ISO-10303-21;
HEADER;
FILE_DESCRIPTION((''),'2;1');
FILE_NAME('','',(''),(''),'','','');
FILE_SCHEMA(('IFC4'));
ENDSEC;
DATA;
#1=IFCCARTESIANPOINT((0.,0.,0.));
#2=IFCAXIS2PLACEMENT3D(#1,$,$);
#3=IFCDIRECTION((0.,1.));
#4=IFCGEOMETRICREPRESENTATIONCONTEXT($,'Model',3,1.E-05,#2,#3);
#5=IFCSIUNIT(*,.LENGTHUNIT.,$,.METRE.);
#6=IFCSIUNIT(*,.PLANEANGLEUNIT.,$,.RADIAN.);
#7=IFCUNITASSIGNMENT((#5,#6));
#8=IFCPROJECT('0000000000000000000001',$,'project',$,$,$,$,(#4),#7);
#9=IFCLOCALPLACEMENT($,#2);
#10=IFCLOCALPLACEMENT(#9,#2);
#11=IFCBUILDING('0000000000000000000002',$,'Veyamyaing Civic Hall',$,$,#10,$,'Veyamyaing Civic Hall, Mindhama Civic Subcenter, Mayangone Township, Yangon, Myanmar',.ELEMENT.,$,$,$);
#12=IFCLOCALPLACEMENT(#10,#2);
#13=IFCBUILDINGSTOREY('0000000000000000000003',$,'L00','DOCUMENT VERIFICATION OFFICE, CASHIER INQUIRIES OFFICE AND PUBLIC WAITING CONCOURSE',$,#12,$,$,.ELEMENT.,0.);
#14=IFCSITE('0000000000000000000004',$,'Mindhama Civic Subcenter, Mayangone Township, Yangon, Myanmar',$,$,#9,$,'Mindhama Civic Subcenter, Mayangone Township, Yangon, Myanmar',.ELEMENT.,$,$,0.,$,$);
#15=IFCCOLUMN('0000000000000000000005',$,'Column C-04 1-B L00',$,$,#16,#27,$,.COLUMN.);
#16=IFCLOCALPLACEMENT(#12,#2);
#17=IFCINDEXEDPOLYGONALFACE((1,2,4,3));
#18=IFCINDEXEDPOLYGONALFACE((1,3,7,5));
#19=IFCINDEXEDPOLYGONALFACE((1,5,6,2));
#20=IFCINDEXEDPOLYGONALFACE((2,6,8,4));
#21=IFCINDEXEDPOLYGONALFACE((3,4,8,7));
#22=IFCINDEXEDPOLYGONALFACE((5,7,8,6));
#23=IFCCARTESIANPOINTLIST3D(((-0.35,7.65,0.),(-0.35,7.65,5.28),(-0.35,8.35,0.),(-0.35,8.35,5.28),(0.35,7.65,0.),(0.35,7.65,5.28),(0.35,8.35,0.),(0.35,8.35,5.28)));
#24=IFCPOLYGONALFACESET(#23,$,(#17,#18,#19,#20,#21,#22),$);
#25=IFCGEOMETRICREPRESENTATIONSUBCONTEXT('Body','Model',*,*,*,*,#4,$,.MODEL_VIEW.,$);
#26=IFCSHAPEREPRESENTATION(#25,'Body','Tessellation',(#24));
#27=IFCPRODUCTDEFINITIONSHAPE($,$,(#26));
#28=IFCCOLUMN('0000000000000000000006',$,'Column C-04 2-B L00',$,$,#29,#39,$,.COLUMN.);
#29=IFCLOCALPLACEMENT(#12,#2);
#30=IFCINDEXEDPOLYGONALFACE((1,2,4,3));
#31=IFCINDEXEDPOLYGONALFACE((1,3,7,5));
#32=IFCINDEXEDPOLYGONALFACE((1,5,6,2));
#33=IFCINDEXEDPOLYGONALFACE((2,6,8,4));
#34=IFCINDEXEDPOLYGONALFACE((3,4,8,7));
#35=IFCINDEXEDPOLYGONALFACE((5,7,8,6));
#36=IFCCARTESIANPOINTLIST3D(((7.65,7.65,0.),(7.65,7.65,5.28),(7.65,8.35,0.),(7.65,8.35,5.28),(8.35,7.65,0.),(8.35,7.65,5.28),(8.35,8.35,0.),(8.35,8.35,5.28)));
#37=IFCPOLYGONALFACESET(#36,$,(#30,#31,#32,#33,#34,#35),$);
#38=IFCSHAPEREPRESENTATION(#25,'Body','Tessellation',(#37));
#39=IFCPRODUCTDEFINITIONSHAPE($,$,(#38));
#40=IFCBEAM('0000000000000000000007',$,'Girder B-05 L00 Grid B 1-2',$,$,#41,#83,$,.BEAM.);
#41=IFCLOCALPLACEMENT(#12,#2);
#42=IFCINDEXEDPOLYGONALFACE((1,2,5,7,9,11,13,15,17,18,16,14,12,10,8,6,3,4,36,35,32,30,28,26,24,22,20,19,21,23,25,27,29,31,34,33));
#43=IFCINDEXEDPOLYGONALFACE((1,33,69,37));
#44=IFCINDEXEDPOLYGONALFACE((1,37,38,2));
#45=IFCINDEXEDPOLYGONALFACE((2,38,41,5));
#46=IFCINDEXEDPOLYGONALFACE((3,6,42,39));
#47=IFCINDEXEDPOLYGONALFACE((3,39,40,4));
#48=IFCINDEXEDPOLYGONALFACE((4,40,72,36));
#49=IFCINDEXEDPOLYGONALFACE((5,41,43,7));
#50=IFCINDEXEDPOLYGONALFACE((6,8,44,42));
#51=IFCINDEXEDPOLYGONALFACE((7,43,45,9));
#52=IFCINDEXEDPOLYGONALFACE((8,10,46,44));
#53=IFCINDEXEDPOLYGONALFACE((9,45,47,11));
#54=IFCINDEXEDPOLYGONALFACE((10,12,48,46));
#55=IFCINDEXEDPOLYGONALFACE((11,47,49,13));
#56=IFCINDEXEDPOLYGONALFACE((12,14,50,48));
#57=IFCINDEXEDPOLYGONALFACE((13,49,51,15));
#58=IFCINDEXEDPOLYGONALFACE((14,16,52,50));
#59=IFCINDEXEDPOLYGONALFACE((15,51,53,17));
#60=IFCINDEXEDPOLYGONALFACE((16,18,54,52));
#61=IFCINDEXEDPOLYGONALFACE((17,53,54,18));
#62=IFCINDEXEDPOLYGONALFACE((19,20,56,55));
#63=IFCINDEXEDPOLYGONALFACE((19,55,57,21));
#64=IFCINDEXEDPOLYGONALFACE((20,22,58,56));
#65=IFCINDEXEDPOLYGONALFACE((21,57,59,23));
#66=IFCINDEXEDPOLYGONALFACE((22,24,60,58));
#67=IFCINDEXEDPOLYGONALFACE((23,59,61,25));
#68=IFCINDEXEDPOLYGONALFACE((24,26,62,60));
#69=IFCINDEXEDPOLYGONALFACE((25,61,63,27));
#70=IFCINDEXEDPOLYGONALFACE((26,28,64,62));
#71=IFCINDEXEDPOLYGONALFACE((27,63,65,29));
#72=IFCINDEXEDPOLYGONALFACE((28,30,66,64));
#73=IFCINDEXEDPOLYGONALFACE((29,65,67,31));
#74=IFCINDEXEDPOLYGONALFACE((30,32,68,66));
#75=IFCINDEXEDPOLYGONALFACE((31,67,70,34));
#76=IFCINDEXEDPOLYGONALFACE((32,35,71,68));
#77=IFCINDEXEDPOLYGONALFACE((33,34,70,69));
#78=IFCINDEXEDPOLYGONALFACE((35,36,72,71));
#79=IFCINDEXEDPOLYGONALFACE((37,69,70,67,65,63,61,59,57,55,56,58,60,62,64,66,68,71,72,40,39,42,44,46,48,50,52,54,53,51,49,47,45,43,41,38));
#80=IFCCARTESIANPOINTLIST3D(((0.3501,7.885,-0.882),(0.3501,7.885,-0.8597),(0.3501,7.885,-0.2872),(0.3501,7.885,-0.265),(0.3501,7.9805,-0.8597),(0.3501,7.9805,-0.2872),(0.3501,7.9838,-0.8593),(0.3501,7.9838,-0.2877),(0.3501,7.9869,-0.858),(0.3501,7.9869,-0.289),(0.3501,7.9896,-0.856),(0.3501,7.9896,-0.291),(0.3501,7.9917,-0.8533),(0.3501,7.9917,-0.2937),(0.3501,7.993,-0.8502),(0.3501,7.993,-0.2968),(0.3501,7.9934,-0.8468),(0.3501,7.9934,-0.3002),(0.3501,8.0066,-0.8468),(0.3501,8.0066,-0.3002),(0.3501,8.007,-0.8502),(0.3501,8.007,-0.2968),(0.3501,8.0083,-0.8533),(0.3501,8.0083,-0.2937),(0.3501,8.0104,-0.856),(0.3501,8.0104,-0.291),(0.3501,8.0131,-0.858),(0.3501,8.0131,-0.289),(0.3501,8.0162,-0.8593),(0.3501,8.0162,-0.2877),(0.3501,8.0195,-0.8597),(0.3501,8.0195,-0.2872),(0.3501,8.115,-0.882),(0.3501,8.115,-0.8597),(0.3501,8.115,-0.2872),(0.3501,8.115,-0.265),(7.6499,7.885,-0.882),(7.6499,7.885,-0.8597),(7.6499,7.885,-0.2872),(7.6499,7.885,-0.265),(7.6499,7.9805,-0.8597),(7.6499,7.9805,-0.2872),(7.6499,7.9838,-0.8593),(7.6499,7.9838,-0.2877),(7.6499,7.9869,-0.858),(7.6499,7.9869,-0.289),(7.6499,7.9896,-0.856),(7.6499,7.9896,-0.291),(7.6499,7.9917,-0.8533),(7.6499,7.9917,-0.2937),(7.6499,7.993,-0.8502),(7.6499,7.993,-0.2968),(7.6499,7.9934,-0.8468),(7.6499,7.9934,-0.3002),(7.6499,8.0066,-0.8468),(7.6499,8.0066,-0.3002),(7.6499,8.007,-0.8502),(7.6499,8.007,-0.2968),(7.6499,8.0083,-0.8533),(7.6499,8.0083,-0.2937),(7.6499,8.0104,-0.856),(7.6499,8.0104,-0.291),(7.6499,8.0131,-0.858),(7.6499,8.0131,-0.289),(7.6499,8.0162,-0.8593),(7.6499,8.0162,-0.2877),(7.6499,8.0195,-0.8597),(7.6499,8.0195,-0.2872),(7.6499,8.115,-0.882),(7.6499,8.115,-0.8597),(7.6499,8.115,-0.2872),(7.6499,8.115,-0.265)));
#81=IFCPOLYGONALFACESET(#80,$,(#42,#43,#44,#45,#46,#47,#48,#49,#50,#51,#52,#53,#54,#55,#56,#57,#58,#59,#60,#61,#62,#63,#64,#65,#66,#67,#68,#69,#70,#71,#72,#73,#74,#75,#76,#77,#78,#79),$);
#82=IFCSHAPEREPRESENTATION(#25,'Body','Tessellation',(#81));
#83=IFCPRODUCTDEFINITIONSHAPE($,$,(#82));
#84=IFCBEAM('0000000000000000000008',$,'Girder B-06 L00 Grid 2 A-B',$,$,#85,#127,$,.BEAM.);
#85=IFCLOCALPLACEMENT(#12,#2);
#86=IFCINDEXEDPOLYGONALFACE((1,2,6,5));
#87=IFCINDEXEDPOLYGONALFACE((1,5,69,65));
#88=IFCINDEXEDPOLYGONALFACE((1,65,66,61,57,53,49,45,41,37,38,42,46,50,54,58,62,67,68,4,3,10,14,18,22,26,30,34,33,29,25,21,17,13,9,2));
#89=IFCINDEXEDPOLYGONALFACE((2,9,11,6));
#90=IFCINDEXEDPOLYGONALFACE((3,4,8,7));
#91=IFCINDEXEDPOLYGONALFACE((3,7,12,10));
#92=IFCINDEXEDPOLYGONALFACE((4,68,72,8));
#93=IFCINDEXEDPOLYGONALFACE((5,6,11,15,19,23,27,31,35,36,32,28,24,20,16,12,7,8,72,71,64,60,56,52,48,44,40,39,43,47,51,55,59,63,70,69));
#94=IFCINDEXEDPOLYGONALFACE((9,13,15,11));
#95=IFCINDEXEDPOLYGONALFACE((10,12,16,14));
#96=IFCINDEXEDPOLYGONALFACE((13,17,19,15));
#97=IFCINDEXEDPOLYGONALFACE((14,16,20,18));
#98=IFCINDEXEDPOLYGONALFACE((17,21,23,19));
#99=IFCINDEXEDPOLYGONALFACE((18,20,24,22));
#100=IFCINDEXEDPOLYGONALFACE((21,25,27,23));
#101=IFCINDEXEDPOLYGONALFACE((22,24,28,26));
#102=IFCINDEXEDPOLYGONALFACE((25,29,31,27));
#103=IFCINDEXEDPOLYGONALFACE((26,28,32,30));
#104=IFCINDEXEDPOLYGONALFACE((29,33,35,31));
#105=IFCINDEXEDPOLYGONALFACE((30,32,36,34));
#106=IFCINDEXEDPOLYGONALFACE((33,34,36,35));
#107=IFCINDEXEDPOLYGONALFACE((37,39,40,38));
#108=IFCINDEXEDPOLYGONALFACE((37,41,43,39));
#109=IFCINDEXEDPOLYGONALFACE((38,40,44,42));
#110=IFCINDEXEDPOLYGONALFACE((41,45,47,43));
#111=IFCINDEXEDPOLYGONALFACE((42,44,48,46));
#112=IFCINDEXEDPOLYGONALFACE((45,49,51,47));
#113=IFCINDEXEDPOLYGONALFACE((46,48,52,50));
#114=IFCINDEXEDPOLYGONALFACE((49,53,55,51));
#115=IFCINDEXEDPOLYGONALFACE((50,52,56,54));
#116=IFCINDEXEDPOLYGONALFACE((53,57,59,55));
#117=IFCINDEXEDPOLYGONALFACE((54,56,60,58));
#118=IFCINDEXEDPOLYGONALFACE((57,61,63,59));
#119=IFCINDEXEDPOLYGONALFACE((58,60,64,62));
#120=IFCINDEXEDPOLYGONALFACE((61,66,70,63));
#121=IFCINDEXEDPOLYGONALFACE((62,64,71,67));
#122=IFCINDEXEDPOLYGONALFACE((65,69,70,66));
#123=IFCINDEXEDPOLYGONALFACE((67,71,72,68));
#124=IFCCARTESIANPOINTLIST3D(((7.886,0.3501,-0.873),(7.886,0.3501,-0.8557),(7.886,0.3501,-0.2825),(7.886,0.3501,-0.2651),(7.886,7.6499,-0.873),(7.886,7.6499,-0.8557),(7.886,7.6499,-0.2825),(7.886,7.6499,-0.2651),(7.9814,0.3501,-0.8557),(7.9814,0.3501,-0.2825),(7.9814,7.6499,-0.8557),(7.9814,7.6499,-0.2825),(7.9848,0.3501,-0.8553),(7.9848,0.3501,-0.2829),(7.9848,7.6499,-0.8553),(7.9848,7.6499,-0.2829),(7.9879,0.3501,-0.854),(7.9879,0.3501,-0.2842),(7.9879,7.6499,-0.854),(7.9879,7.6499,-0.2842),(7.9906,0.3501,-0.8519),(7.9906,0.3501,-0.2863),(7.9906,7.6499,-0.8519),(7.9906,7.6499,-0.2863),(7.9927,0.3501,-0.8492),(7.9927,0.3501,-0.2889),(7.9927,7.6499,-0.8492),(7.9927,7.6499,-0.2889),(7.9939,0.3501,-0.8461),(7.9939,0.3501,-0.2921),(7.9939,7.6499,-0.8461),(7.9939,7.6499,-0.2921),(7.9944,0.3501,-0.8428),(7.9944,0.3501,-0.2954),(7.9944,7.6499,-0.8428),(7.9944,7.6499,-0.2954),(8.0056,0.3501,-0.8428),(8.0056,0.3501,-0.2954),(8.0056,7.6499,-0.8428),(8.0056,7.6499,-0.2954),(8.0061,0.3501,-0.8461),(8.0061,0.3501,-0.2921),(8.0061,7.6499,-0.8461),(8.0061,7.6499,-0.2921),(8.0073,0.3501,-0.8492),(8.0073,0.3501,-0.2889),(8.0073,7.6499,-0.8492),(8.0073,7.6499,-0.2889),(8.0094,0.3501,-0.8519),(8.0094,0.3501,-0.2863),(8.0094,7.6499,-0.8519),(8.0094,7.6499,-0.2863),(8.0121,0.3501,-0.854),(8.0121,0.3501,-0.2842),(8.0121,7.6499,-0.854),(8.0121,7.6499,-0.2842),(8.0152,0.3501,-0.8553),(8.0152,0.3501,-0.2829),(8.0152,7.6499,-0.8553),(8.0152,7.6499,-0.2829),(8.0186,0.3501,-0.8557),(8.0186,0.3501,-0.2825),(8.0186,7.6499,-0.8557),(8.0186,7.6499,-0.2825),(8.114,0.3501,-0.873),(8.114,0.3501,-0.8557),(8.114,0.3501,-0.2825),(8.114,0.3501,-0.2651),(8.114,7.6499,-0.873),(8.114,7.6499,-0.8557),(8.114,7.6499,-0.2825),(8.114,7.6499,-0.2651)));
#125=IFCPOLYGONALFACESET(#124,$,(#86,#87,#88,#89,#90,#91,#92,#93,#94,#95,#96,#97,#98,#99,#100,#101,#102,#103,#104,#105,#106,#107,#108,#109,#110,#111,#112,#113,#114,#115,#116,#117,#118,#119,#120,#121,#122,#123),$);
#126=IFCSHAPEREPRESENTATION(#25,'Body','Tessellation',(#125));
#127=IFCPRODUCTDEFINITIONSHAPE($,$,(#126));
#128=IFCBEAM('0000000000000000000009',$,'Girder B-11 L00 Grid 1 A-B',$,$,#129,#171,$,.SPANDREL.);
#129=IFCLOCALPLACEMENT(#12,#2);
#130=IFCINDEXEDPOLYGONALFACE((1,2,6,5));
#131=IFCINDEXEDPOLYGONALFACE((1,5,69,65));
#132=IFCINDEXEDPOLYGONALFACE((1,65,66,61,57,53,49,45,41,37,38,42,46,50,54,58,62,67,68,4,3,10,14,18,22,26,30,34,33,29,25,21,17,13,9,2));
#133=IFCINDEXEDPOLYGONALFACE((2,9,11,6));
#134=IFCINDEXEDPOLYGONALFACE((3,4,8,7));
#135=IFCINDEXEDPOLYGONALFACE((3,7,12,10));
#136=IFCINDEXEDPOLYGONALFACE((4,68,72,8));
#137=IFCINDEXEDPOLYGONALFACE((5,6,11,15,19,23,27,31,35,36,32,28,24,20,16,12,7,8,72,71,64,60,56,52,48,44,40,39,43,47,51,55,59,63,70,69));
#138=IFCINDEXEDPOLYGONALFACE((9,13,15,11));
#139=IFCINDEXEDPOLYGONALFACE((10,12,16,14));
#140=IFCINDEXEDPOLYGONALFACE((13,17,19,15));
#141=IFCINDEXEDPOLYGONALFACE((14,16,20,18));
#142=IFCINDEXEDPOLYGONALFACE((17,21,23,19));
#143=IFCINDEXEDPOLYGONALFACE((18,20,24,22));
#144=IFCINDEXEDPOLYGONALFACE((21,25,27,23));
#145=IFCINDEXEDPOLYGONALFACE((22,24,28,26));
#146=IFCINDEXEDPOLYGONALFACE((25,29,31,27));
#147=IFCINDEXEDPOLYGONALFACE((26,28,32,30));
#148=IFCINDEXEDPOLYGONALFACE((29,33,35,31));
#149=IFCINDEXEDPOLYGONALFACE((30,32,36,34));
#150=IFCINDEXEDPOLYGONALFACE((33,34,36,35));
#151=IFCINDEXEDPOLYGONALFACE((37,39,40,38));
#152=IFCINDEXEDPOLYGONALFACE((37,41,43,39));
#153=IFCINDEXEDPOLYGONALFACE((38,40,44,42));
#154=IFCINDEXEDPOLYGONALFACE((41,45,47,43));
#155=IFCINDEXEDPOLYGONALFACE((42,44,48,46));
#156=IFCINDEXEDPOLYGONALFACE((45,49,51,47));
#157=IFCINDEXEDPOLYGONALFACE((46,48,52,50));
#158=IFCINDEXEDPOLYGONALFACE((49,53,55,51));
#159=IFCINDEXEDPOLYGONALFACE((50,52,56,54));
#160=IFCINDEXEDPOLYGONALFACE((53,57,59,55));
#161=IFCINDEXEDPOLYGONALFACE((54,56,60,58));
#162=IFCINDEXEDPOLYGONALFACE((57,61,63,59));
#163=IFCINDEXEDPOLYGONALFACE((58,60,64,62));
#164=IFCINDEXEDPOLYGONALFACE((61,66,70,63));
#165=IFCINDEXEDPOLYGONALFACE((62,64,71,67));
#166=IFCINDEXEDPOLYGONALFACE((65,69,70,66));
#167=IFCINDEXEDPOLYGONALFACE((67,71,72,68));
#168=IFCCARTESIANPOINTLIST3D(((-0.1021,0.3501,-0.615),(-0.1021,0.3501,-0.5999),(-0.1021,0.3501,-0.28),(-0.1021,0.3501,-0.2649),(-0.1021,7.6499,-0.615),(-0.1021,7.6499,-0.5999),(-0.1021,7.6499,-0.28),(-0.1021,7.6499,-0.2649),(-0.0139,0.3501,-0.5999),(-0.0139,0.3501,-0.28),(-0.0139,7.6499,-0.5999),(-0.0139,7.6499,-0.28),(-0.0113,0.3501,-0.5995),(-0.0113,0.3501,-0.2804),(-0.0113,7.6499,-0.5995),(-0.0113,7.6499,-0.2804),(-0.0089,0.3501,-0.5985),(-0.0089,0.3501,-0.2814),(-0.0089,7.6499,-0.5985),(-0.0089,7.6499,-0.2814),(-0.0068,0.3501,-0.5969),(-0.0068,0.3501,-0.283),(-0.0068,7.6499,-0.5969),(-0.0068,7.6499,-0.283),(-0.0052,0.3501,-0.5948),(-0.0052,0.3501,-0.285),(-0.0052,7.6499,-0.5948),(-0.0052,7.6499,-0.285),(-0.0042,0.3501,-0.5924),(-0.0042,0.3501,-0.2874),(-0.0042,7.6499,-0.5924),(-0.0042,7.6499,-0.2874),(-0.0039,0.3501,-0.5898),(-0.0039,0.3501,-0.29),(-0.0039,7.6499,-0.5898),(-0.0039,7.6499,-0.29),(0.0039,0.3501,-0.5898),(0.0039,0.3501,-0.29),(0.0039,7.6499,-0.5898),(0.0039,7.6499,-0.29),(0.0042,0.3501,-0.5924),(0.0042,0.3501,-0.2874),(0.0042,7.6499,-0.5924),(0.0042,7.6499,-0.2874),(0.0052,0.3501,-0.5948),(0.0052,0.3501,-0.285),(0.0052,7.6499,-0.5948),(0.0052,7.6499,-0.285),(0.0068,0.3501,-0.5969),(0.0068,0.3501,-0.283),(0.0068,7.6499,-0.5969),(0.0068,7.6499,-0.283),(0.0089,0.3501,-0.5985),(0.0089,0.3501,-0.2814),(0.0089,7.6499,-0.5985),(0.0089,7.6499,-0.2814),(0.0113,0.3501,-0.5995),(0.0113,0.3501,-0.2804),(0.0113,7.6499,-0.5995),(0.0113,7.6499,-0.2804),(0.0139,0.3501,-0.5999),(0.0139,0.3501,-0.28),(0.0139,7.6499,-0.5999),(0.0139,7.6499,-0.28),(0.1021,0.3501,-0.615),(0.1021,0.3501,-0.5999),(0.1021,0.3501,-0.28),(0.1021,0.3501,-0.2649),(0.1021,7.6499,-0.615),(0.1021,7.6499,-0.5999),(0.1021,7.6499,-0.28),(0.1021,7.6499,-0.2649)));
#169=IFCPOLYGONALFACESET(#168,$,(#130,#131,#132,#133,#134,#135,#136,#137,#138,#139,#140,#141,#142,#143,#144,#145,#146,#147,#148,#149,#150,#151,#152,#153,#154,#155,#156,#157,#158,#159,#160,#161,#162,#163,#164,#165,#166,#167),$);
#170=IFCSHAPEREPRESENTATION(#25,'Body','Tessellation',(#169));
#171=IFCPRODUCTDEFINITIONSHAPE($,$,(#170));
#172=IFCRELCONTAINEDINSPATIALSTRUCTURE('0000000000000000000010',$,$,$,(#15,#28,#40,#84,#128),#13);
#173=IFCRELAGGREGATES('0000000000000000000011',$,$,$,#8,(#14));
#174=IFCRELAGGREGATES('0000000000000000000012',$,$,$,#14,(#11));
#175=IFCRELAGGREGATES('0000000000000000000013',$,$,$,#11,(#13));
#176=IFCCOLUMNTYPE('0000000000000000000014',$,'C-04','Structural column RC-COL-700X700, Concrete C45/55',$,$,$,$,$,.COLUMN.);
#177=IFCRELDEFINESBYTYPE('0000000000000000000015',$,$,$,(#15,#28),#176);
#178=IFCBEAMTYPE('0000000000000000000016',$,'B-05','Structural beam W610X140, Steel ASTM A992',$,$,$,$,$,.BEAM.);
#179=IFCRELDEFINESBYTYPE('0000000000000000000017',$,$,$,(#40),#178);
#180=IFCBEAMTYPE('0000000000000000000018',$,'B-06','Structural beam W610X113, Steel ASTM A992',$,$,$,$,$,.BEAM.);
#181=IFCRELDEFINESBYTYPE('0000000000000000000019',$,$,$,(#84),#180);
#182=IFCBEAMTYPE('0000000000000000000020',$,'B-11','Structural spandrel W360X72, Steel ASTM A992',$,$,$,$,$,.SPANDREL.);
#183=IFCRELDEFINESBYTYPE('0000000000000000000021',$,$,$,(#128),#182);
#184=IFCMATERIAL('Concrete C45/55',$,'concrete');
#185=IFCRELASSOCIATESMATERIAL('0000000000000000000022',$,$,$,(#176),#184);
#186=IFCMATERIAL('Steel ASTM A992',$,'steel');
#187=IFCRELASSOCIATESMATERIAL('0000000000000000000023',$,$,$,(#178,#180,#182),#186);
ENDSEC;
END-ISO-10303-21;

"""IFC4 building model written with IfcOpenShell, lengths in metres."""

from ifc_helpers import new_model, si_unit, direction, frame, origin, origin_2d, place, context, subcontext, project, spatial, rectangle, i_section, extrude, material, material_profile, profile_set, type_object, element, save


model = new_model("IFC4")

# Units and contexts
model_context = context("Model", 3, precision=1e-05, world=origin(), true_north=direction((0.0, 1.0)))
body_context = subcontext(model_context, "Body", "Model", "MODEL_VIEW")
ifc_project = project(units=[si_unit("LENGTHUNIT", "METRE"), si_unit("PLANEANGLEUNIT", "RADIAN")], contexts=[model_context])

# Site, building, storey
site_placement = place(None, origin())
site = spatial("IfcSite", under=ifc_project, at=site_placement, Name="Mindhama Civic Subcenter, Mayangone Township, Yangon, Myanmar", LongName="Mindhama Civic Subcenter, Mayangone Township, Yangon, Myanmar", CompositionType="ELEMENT", RefElevation=0.0)
building_placement = place(site_placement, origin())
building = spatial("IfcBuilding", under=site, at=building_placement, Name="Veyamyaing Civic Hall", LongName="Veyamyaing Civic Hall, Mindhama Civic Subcenter, Mayangone Township, Yangon, Myanmar", CompositionType="ELEMENT")
storey_placement = place(building_placement, origin())
storey = spatial("IfcBuildingStorey", under=building, at=storey_placement, Name="L00", Description="DOCUMENT VERIFICATION OFFICE, CASHIER INQUIRIES OFFICE AND PUBLIC WAITING CONCOURSE", CompositionType="ELEMENT", Elevation=0.0)

# Columns
ifc_material_1 = material(Name="Concrete C45/55", Category="concrete")
ifc_material_profile_1 = material_profile(ifc_material_1, rectangle(XDim=0.7, YDim=0.7, at=origin_2d()), Name="RC-COL-700X700")
ifc_profile_set_1 = profile_set([ifc_material_profile_1], Name="Concrete C45/55")
column_type = type_object("IfcColumnType", Name="C-04", Description="Structural column RC-COL-700X700, Concrete C45/55", PredefinedType="COLUMN", material=ifc_profile_set_1)
for number, where, z_axis, x_axis, name in (
    (1, (0.0, 8.0, 0.0), (0.0, 0.0, 1.0), (1.0, 0.0, 0.0), "Column C-04 1-B L00"),
    (2, (8.0, 8.0, 0.0), (0.0, 0.0, 1.0), (1.0, 0.0, 0.0), "Column C-04 2-B L00"),
):
    element("IfcColumn", number, at=place(storey_placement, frame(where, z_axis=z_axis, x_axis=x_axis)), inside=storey, type_object=column_type, Name=name, PredefinedType="COLUMN", context=body_context, shape_type="SweptSolid", body=[
        extrude(rectangle(XDim=0.7, YDim=0.7, at=origin_2d()), origin(), (0.0, 0.0, 1.0), 5.28),
    ])

# Beams
ifc_material_2 = material(Name="Steel ASTM A992", Category="steel")
ifc_material_profile_2 = material_profile(ifc_material_2, i_section(OverallWidth=0.23, OverallDepth=0.6169, WebThickness=0.0132, FlangeThickness=0.0222, FilletRadius=0.0129, at=origin_2d()), Name="W610X140")
ifc_profile_set_2 = profile_set([ifc_material_profile_2], Name="Steel ASTM A992")
beam_type_1 = type_object("IfcBeamType", Name="B-05", Description="Structural beam W610X140, Steel ASTM A992", PredefinedType="BEAM", material=ifc_profile_set_2)
beam_1_placement = place(storey_placement, frame((0.3501, 8.0, -0.5735), z_axis=(1.0, 0.0, 0.0), x_axis=(0.0, 1.0, 0.0)))
element("IfcBeam", 3, at=beam_1_placement, inside=storey, type_object=beam_type_1, Name="Girder B-05 L00 Grid B 1-2", PredefinedType="BEAM", context=body_context, shape_type="SweptSolid", body=[
    extrude(i_section(OverallWidth=0.23, OverallDepth=0.6169, WebThickness=0.0132, FlangeThickness=0.0222, FilletRadius=0.0129, at=origin_2d()), origin(), (0.0, 0.0, 1.0), 7.2998),
])
ifc_material_profile_3 = material_profile(ifc_material_2, i_section(OverallWidth=0.228, OverallDepth=0.6079, WebThickness=0.0112, FlangeThickness=0.0173, FilletRadius=0.0129, at=origin_2d()), Name="W610X113")
ifc_profile_set_3 = profile_set([ifc_material_profile_3], Name="Steel ASTM A992")
beam_type_2 = type_object("IfcBeamType", Name="B-06", Description="Structural beam W610X113, Steel ASTM A992", PredefinedType="BEAM", material=ifc_profile_set_3)
beam_2_placement = place(storey_placement, frame((8.0, 0.3501, -0.5691), z_axis=(0.0, 1.0, 0.0), x_axis=(-1.0, 0.0, 0.0)))
element("IfcBeam", 4, at=beam_2_placement, inside=storey, type_object=beam_type_2, Name="Girder B-06 L00 Grid 2 A-B", PredefinedType="BEAM", context=body_context, shape_type="SweptSolid", body=[
    extrude(i_section(OverallWidth=0.228, OverallDepth=0.6079, WebThickness=0.0112, FlangeThickness=0.0173, FilletRadius=0.0129, at=origin_2d()), origin(), (0.0, 0.0, 1.0), 7.2998),
])
ifc_material_profile_4 = material_profile(ifc_material_2, i_section(OverallWidth=0.2041, OverallDepth=0.3501, WebThickness=0.0078, FlangeThickness=0.0151, FilletRadius=0.01, at=origin_2d()), Name="W360X72")
ifc_profile_set_4 = profile_set([ifc_material_profile_4], Name="Steel ASTM A992")
beam_type_3 = type_object("IfcBeamType", Name="B-11", Description="Structural spandrel W360X72, Steel ASTM A992", PredefinedType="SPANDREL", material=ifc_profile_set_4)
beam_3_placement = place(storey_placement, frame((0.0, 0.3501, -0.4399), z_axis=(0.0, 1.0, 0.0), x_axis=(-1.0, 0.0, 0.0)))
element("IfcBeam", 5, at=beam_3_placement, inside=storey, type_object=beam_type_3, Name="Girder B-11 L00 Grid 1 A-B", PredefinedType="SPANDREL", context=body_context, shape_type="SweptSolid", body=[
    extrude(i_section(OverallWidth=0.2041, OverallDepth=0.3501, WebThickness=0.0078, FlangeThickness=0.0151, FilletRadius=0.01, at=origin_2d()), origin(), (0.0, 0.0, 1.0), 7.2998),
])

save(model, "model.ifc")
